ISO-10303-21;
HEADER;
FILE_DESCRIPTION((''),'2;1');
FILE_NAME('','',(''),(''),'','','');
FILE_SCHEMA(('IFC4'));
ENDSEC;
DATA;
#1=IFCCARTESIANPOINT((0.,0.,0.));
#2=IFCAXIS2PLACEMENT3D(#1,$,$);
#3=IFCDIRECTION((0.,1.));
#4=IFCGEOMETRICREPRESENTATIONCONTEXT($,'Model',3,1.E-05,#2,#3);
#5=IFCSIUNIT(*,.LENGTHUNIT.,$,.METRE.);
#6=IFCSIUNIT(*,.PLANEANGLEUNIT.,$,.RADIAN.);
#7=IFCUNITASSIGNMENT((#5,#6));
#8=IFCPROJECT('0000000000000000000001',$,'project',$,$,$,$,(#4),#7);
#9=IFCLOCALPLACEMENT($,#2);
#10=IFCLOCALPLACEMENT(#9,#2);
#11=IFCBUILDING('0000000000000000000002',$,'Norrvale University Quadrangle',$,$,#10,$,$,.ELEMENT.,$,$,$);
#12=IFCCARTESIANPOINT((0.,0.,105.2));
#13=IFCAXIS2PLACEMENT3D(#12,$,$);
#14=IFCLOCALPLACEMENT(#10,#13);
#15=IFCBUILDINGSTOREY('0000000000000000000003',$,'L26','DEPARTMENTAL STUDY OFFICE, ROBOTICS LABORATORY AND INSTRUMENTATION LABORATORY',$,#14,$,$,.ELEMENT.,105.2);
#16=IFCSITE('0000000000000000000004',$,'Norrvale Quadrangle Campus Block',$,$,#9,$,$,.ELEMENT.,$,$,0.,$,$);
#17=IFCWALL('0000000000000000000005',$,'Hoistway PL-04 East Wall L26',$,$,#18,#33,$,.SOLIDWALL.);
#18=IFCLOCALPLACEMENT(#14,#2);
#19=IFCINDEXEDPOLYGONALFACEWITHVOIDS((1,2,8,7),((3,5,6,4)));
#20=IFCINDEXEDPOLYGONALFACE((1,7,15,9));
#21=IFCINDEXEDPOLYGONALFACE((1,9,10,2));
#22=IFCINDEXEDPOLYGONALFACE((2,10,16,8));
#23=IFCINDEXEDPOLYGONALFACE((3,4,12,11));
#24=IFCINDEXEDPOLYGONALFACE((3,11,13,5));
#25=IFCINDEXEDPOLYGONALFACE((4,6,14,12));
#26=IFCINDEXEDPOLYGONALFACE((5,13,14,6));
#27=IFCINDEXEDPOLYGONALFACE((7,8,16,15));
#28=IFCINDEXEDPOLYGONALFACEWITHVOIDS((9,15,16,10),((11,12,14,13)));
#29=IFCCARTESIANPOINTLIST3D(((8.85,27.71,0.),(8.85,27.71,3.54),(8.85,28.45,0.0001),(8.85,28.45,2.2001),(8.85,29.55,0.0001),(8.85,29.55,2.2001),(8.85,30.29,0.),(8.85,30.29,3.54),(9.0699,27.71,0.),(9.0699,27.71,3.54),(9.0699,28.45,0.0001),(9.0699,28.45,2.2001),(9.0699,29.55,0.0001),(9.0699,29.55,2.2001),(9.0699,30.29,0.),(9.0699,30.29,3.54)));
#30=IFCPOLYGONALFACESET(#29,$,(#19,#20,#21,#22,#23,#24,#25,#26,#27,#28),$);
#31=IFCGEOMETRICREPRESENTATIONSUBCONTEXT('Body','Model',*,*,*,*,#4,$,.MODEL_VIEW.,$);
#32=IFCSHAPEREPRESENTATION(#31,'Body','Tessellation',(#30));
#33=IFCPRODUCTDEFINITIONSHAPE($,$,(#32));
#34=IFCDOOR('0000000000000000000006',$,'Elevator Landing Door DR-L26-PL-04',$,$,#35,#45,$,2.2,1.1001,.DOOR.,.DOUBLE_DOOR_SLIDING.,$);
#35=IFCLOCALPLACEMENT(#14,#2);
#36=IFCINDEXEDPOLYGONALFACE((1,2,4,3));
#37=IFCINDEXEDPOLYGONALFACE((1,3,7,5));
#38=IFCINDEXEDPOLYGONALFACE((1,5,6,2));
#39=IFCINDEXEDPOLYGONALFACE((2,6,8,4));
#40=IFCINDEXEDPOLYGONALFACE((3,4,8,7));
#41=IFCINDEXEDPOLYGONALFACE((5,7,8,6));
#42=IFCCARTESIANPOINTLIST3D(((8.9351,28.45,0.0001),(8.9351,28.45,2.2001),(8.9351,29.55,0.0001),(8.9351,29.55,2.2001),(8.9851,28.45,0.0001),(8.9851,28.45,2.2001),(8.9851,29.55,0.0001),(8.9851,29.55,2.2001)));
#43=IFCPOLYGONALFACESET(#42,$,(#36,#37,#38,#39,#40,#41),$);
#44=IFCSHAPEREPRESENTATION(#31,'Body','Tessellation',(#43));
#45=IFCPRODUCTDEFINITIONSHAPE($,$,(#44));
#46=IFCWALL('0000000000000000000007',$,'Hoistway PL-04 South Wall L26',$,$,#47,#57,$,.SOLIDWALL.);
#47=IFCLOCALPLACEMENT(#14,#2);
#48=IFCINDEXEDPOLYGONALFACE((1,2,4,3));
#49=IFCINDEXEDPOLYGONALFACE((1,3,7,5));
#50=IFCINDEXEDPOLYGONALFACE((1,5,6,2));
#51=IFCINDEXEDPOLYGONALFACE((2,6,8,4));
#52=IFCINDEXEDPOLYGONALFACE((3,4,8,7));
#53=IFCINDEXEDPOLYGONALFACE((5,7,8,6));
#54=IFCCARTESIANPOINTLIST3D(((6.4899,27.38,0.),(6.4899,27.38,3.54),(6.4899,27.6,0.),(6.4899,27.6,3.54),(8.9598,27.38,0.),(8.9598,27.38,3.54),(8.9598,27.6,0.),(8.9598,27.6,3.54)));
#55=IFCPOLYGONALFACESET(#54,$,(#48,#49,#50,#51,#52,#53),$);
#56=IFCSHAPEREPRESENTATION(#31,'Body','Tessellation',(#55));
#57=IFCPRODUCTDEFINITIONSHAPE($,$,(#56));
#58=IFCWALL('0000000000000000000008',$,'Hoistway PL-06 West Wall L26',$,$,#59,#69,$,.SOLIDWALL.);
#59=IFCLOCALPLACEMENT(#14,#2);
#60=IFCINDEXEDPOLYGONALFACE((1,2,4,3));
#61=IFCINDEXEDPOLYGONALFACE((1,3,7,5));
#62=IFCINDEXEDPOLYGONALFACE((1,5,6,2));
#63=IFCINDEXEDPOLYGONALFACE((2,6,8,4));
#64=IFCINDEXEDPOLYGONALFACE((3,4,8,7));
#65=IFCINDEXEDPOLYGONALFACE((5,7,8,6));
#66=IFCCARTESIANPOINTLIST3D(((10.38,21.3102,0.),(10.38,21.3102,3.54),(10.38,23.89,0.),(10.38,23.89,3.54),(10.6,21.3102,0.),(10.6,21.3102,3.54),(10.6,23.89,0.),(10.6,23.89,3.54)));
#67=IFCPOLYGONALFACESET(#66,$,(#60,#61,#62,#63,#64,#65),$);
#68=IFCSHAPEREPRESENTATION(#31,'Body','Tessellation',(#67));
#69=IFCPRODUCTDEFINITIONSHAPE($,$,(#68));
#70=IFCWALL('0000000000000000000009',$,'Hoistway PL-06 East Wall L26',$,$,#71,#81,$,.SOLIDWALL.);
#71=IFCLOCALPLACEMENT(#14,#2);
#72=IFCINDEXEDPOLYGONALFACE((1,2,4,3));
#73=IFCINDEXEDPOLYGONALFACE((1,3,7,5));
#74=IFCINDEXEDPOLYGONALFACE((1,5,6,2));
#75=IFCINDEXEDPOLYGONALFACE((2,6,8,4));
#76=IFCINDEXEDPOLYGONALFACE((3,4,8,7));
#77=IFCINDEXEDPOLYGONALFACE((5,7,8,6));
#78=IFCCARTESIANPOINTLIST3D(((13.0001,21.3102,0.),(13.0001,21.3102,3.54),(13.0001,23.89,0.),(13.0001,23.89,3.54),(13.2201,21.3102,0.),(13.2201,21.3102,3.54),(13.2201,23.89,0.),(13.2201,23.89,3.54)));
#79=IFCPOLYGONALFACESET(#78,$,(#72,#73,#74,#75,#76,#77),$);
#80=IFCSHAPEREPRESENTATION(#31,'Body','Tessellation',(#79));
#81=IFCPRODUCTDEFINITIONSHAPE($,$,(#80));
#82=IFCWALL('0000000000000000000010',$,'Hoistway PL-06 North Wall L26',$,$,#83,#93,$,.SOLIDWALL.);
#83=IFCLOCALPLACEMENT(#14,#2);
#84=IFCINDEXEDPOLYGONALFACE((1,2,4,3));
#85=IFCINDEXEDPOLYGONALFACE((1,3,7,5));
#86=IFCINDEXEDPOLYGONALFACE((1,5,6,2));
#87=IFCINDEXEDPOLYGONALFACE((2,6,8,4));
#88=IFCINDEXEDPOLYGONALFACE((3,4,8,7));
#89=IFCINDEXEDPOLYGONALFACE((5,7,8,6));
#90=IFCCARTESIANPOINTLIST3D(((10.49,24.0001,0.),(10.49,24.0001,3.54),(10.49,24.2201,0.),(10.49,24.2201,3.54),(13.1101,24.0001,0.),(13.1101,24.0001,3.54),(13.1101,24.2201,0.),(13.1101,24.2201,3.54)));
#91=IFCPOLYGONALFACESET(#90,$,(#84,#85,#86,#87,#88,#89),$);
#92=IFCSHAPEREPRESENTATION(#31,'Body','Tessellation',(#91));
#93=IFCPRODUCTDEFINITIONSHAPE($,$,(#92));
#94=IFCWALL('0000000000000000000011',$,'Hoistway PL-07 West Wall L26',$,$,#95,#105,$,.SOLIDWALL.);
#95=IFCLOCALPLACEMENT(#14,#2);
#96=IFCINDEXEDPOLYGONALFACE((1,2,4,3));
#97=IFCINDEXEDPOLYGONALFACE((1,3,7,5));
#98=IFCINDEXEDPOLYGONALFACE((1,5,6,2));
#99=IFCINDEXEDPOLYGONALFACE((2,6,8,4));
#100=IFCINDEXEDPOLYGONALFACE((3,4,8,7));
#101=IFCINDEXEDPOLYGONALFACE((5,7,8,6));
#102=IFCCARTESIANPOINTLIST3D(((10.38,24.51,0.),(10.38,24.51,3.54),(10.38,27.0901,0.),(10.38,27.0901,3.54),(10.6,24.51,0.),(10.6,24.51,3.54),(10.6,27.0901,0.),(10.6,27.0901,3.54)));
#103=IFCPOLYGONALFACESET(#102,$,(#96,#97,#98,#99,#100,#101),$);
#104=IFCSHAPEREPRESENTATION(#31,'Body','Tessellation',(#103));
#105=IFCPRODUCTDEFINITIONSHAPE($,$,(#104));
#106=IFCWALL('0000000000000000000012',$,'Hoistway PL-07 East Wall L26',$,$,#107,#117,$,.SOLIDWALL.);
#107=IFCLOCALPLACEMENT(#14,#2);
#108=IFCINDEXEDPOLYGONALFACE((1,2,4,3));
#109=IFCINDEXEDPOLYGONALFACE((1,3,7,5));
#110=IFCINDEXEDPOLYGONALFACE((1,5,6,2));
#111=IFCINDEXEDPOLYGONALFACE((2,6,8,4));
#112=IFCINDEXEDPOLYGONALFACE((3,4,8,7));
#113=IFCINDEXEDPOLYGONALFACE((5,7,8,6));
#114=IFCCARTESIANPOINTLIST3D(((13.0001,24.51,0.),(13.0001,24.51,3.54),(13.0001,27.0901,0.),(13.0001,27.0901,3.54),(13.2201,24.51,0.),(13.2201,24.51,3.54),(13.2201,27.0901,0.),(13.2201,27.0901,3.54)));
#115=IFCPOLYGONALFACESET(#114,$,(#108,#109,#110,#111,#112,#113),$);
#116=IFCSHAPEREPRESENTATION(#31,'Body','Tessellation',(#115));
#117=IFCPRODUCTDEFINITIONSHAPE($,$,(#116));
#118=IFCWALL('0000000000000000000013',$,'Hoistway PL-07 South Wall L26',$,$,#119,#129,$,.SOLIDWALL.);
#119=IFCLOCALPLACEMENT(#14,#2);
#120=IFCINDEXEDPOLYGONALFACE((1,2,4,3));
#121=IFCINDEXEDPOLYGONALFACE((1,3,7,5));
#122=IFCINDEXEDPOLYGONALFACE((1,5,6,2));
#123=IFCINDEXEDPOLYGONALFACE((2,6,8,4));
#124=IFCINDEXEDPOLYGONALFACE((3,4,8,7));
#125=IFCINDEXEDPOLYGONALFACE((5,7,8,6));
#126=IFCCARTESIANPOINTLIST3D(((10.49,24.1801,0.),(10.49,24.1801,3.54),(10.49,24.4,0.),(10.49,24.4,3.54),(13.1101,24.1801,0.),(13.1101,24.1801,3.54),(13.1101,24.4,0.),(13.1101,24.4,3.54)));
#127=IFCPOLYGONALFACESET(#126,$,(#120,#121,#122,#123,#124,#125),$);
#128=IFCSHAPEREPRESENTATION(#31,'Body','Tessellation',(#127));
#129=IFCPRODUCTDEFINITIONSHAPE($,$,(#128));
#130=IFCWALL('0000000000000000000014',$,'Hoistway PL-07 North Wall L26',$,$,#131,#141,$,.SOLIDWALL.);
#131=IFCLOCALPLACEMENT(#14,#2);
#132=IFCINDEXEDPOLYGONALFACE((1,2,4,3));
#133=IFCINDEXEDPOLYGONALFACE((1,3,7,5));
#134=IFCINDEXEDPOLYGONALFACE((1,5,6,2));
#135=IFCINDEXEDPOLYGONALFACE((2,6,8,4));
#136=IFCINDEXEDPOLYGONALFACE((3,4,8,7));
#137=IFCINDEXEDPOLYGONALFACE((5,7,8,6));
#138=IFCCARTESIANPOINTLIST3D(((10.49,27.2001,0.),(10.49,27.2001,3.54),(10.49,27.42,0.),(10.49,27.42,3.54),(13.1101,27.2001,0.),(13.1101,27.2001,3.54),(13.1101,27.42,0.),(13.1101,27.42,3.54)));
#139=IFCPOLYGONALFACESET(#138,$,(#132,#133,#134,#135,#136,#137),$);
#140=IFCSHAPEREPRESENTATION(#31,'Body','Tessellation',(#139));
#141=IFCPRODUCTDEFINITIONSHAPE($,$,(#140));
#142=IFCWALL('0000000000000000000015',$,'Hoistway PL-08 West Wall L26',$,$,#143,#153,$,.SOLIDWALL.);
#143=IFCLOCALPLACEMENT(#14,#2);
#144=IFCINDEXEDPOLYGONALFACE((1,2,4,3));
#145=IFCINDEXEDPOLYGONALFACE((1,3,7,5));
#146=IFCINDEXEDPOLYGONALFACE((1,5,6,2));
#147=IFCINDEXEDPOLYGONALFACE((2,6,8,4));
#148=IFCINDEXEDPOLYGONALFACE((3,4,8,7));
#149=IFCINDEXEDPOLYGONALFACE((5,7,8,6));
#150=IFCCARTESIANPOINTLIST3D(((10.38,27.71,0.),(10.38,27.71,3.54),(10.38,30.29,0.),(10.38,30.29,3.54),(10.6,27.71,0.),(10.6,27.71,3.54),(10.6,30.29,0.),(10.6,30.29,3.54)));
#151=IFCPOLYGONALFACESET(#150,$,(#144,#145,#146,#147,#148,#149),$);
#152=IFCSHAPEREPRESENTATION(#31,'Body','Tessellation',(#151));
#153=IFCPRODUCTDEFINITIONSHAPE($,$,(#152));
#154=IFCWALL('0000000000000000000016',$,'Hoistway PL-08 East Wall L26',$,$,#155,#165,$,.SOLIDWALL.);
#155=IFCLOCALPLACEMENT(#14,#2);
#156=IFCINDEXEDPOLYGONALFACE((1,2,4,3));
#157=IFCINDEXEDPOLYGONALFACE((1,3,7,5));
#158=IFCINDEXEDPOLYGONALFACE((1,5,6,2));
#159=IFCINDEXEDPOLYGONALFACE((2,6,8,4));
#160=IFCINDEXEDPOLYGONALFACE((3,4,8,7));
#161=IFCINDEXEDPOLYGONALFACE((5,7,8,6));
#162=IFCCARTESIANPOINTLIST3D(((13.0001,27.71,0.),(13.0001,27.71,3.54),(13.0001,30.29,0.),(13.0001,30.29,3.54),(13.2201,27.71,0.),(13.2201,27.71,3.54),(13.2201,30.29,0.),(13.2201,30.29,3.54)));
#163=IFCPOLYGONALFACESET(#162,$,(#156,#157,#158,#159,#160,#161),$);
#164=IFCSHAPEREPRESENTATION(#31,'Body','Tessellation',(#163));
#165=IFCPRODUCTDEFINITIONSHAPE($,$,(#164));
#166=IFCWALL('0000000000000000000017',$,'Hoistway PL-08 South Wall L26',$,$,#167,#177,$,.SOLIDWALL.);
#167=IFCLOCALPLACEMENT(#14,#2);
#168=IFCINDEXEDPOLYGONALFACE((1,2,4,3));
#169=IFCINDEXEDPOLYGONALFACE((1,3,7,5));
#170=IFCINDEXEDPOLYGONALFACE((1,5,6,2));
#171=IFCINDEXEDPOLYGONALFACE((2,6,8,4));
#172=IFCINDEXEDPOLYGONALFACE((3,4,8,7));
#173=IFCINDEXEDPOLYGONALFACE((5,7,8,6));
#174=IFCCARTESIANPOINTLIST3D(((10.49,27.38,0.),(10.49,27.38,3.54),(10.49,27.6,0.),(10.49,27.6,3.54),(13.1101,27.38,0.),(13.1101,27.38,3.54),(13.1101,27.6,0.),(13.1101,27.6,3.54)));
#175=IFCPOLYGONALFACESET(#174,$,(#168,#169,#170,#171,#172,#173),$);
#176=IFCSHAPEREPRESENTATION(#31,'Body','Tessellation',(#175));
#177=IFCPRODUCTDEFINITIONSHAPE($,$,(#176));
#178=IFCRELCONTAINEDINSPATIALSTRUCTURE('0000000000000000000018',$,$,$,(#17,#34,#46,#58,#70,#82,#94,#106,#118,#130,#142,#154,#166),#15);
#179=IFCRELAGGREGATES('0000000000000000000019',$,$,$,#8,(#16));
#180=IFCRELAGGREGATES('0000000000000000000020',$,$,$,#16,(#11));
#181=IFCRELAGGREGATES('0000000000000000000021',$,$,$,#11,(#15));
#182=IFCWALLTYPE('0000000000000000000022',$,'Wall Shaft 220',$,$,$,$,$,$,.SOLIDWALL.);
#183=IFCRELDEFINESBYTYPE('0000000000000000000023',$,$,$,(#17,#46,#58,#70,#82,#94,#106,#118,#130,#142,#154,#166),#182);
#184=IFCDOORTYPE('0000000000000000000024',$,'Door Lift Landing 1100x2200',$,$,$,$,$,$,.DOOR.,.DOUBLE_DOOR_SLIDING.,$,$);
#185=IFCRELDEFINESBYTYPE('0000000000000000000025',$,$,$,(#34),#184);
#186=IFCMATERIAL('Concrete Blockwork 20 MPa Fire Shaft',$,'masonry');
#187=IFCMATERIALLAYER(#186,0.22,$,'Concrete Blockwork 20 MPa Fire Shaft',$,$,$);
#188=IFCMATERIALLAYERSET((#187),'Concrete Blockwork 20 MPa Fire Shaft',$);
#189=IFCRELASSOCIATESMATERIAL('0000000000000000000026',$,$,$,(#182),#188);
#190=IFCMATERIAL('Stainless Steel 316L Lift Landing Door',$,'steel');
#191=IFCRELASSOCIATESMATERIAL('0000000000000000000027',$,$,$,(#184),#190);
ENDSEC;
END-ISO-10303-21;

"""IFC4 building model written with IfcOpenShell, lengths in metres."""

from ifc_helpers import new_model, si_unit, direction, frame, frame_2d, origin, place, context, subcontext, project, spatial, rectangle, extrude, material, layer, layer_set, type_object, element, fill, save


model = new_model("IFC4")

# Units and contexts
model_context = context("Model", 3, precision=1e-05, world=origin(), true_north=direction((0.0, 1.0)))
body_context = subcontext(model_context, "Body", "Model", "MODEL_VIEW")
ifc_project = project(units=[si_unit("LENGTHUNIT", "METRE"), si_unit("PLANEANGLEUNIT", "RADIAN")], contexts=[model_context])

# Site, building, storey
site_placement = place(None, origin())
site = spatial("IfcSite", under=ifc_project, at=site_placement, Name="Norrvale Quadrangle Campus Block", CompositionType="ELEMENT", RefElevation=0.0)
building_placement = place(site_placement, origin())
building = spatial("IfcBuilding", under=site, at=building_placement, Name="Norrvale University Quadrangle", CompositionType="ELEMENT")
storey_placement = place(building_placement, frame((0.0, 0.0, 105.2)))
storey = spatial("IfcBuildingStorey", under=building, at=storey_placement, Name="L26", Description="DEPARTMENTAL STUDY OFFICE, ROBOTICS LABORATORY AND INSTRUMENTATION LABORATORY", CompositionType="ELEMENT", Elevation=105.2)

# Shared definitions
ifc_material_1 = material(Name="Concrete Blockwork 20 MPa Fire Shaft", Category="masonry")
ifc_layer_1 = layer(ifc_material_1, 0.22, Name="Concrete Blockwork 20 MPa Fire Shaft")
ifc_layer_set_1 = layer_set([ifc_layer_1], Name="Concrete Blockwork 20 MPa Fire Shaft")
wall_type_1 = type_object("IfcWallType", Name="Wall Shaft 220", PredefinedType="SOLIDWALL", material=ifc_layer_set_1)

# Shared definitions
ifc_material_2 = material(Name="Stainless Steel 316L Lift Landing Door", Category="steel")
door_type_1 = type_object("IfcDoorType", Name="Door Lift Landing 1100x2200", OperationType="DOUBLE_DOOR_SLIDING", PredefinedType="DOOR", material=ifc_material_2)

# Wall, opening, door
wall_1_placement = place(storey_placement, frame((8.96, 27.71, 0.0), z_axis=(0.0, 0.0, 1.0), x_axis=(0.0, 1.0, 0.0)))
wall_1 = element("IfcWall", 1, at=wall_1_placement, inside=storey, type_object=wall_type_1, Name="Hoistway PL-04 East Wall L26", PredefinedType="SOLIDWALL", context=body_context, shape_type="SweptSolid", body=[
    extrude(rectangle(XDim=2.5801, YDim=0.22, at=frame_2d((1.29, 0.0))), origin(), (0.0, 0.0, 1.0), 3.54),
])
opening_1_placement = place(wall_1_placement, frame((0.74, 0.0, 0.0)))
opening_1 = element("IfcOpeningElement", 2, at=opening_1_placement, cuts=wall_1, PredefinedType="OPENING", context=body_context, shape_type="SweptSolid", body=[
    extrude(rectangle(XDim=1.1001, YDim=2.2, at=frame_2d((0.55, 1.1001))), frame((0.0, 0.1221, 0.0), z_axis=(0.0, -1.0, 0.0), x_axis=(1.0, 0.0, 0.0)), (0.0, 0.0, 1.0), 0.2439),
])
door_1_placement = place(opening_1_placement, origin())
door_1 = element("IfcDoor", 3, at=door_1_placement, inside=storey, type_object=door_type_1, Name="Elevator Landing Door DR-L26-PL-04", OperationType="DOUBLE_DOOR_SLIDING", OverallHeight=2.2, OverallWidth=1.1001, PredefinedType="DOOR", context=body_context, shape_type="SweptSolid", body=[
    extrude(rectangle(XDim=1.1001, YDim=2.2, at=frame_2d((0.55, 1.1001))), frame((0.0, 0.0249, 0.0), z_axis=(0.0, -1.0, 0.0), x_axis=(1.0, 0.0, 0.0)), (0.0, 0.0, 1.0), 0.05),
])
fill(opening_1, door_1)

# Walls
wall_2_placement = place(storey_placement, frame((6.49, 27.49, 0.0), z_axis=(0.0, 0.0, 1.0), x_axis=(1.0, 0.0, 0.0)))
element("IfcWall", 4, at=wall_2_placement, inside=storey, type_object=wall_type_1, Name="Hoistway PL-04 South Wall L26", PredefinedType="SOLIDWALL", context=body_context, shape_type="SweptSolid", body=[
    extrude(rectangle(XDim=2.47, YDim=0.22, at=frame_2d((1.2349, 0.0))), origin(), (0.0, 0.0, 1.0), 3.54),
])
for number, where, z_axis, x_axis, name in (
    (5, (10.49, 21.3101, 0.0), (0.0, 0.0, 1.0), (0.0, 1.0, 0.0), "Hoistway PL-06 West Wall L26"),
    (6, (13.1101, 21.3101, 0.0), (0.0, 0.0, 1.0), (0.0, 1.0, 0.0), "Hoistway PL-06 East Wall L26"),
):
    element("IfcWall", number, at=place(storey_placement, frame(where, z_axis=z_axis, x_axis=x_axis)), inside=storey, type_object=wall_type_1, Name=name, PredefinedType="SOLIDWALL", context=body_context, shape_type="SweptSolid", body=[
        extrude(rectangle(XDim=2.5798, YDim=0.22, at=frame_2d((1.29, 0.0))), origin(), (0.0, 0.0, 1.0), 3.54),
    ])
wall_3_placement = place(storey_placement, frame((10.49, 24.1101, 0.0), z_axis=(0.0, 0.0, 1.0), x_axis=(1.0, 0.0, 0.0)))
element("IfcWall", 7, at=wall_3_placement, inside=storey, type_object=wall_type_1, Name="Hoistway PL-06 North Wall L26", PredefinedType="SOLIDWALL", context=body_context, shape_type="SweptSolid", body=[
    extrude(rectangle(XDim=2.6201, YDim=0.22, at=frame_2d((1.3101, 0.0))), origin(), (0.0, 0.0, 1.0), 3.54),
])
for number, where, z_axis, x_axis, name in (
    (8, (10.49, 24.51, 0.0), (0.0, 0.0, 1.0), (0.0, 1.0, 0.0), "Hoistway PL-07 West Wall L26"),
    (9, (13.1101, 24.51, 0.0), (0.0, 0.0, 1.0), (0.0, 1.0, 0.0), "Hoistway PL-07 East Wall L26"),
):
    element("IfcWall", number, at=place(storey_placement, frame(where, z_axis=z_axis, x_axis=x_axis)), inside=storey, type_object=wall_type_1, Name=name, PredefinedType="SOLIDWALL", context=body_context, shape_type="SweptSolid", body=[
        extrude(rectangle(XDim=2.5801, YDim=0.22, at=frame_2d((1.29, 0.0))), origin(), (0.0, 0.0, 1.0), 3.54),
    ])
for number, where, z_axis, x_axis, name in (
    (10, (10.49, 24.29, 0.0), (0.0, 0.0, 1.0), (1.0, 0.0, 0.0), "Hoistway PL-07 South Wall L26"),
    (11, (10.49, 27.3101, 0.0), (0.0, 0.0, 1.0), (1.0, 0.0, 0.0), "Hoistway PL-07 North Wall L26"),
):
    element("IfcWall", number, at=place(storey_placement, frame(where, z_axis=z_axis, x_axis=x_axis)), inside=storey, type_object=wall_type_1, Name=name, PredefinedType="SOLIDWALL", context=body_context, shape_type="SweptSolid", body=[
        extrude(rectangle(XDim=2.6201, YDim=0.22, at=frame_2d((1.3101, 0.0))), origin(), (0.0, 0.0, 1.0), 3.54),
    ])
for number, where, z_axis, x_axis, name in (
    (12, (10.49, 27.71, 0.0), (0.0, 0.0, 1.0), (0.0, 1.0, 0.0), "Hoistway PL-08 West Wall L26"),
    (13, (13.1101, 27.71, 0.0), (0.0, 0.0, 1.0), (0.0, 1.0, 0.0), "Hoistway PL-08 East Wall L26"),
):
    element("IfcWall", number, at=place(storey_placement, frame(where, z_axis=z_axis, x_axis=x_axis)), inside=storey, type_object=wall_type_1, Name=name, PredefinedType="SOLIDWALL", context=body_context, shape_type="SweptSolid", body=[
        extrude(rectangle(XDim=2.5801, YDim=0.22, at=frame_2d((1.29, 0.0))), origin(), (0.0, 0.0, 1.0), 3.54),
    ])
wall_4_placement = place(storey_placement, frame((10.49, 27.49, 0.0), z_axis=(0.0, 0.0, 1.0), x_axis=(1.0, 0.0, 0.0)))
element("IfcWall", 14, at=wall_4_placement, inside=storey, type_object=wall_type_1, Name="Hoistway PL-08 South Wall L26", PredefinedType="SOLIDWALL", context=body_context, shape_type="SweptSolid", body=[
    extrude(rectangle(XDim=2.6201, YDim=0.22, at=frame_2d((1.3101, 0.0))), origin(), (0.0, 0.0, 1.0), 3.54),
])

save(model, "model.ifc")
